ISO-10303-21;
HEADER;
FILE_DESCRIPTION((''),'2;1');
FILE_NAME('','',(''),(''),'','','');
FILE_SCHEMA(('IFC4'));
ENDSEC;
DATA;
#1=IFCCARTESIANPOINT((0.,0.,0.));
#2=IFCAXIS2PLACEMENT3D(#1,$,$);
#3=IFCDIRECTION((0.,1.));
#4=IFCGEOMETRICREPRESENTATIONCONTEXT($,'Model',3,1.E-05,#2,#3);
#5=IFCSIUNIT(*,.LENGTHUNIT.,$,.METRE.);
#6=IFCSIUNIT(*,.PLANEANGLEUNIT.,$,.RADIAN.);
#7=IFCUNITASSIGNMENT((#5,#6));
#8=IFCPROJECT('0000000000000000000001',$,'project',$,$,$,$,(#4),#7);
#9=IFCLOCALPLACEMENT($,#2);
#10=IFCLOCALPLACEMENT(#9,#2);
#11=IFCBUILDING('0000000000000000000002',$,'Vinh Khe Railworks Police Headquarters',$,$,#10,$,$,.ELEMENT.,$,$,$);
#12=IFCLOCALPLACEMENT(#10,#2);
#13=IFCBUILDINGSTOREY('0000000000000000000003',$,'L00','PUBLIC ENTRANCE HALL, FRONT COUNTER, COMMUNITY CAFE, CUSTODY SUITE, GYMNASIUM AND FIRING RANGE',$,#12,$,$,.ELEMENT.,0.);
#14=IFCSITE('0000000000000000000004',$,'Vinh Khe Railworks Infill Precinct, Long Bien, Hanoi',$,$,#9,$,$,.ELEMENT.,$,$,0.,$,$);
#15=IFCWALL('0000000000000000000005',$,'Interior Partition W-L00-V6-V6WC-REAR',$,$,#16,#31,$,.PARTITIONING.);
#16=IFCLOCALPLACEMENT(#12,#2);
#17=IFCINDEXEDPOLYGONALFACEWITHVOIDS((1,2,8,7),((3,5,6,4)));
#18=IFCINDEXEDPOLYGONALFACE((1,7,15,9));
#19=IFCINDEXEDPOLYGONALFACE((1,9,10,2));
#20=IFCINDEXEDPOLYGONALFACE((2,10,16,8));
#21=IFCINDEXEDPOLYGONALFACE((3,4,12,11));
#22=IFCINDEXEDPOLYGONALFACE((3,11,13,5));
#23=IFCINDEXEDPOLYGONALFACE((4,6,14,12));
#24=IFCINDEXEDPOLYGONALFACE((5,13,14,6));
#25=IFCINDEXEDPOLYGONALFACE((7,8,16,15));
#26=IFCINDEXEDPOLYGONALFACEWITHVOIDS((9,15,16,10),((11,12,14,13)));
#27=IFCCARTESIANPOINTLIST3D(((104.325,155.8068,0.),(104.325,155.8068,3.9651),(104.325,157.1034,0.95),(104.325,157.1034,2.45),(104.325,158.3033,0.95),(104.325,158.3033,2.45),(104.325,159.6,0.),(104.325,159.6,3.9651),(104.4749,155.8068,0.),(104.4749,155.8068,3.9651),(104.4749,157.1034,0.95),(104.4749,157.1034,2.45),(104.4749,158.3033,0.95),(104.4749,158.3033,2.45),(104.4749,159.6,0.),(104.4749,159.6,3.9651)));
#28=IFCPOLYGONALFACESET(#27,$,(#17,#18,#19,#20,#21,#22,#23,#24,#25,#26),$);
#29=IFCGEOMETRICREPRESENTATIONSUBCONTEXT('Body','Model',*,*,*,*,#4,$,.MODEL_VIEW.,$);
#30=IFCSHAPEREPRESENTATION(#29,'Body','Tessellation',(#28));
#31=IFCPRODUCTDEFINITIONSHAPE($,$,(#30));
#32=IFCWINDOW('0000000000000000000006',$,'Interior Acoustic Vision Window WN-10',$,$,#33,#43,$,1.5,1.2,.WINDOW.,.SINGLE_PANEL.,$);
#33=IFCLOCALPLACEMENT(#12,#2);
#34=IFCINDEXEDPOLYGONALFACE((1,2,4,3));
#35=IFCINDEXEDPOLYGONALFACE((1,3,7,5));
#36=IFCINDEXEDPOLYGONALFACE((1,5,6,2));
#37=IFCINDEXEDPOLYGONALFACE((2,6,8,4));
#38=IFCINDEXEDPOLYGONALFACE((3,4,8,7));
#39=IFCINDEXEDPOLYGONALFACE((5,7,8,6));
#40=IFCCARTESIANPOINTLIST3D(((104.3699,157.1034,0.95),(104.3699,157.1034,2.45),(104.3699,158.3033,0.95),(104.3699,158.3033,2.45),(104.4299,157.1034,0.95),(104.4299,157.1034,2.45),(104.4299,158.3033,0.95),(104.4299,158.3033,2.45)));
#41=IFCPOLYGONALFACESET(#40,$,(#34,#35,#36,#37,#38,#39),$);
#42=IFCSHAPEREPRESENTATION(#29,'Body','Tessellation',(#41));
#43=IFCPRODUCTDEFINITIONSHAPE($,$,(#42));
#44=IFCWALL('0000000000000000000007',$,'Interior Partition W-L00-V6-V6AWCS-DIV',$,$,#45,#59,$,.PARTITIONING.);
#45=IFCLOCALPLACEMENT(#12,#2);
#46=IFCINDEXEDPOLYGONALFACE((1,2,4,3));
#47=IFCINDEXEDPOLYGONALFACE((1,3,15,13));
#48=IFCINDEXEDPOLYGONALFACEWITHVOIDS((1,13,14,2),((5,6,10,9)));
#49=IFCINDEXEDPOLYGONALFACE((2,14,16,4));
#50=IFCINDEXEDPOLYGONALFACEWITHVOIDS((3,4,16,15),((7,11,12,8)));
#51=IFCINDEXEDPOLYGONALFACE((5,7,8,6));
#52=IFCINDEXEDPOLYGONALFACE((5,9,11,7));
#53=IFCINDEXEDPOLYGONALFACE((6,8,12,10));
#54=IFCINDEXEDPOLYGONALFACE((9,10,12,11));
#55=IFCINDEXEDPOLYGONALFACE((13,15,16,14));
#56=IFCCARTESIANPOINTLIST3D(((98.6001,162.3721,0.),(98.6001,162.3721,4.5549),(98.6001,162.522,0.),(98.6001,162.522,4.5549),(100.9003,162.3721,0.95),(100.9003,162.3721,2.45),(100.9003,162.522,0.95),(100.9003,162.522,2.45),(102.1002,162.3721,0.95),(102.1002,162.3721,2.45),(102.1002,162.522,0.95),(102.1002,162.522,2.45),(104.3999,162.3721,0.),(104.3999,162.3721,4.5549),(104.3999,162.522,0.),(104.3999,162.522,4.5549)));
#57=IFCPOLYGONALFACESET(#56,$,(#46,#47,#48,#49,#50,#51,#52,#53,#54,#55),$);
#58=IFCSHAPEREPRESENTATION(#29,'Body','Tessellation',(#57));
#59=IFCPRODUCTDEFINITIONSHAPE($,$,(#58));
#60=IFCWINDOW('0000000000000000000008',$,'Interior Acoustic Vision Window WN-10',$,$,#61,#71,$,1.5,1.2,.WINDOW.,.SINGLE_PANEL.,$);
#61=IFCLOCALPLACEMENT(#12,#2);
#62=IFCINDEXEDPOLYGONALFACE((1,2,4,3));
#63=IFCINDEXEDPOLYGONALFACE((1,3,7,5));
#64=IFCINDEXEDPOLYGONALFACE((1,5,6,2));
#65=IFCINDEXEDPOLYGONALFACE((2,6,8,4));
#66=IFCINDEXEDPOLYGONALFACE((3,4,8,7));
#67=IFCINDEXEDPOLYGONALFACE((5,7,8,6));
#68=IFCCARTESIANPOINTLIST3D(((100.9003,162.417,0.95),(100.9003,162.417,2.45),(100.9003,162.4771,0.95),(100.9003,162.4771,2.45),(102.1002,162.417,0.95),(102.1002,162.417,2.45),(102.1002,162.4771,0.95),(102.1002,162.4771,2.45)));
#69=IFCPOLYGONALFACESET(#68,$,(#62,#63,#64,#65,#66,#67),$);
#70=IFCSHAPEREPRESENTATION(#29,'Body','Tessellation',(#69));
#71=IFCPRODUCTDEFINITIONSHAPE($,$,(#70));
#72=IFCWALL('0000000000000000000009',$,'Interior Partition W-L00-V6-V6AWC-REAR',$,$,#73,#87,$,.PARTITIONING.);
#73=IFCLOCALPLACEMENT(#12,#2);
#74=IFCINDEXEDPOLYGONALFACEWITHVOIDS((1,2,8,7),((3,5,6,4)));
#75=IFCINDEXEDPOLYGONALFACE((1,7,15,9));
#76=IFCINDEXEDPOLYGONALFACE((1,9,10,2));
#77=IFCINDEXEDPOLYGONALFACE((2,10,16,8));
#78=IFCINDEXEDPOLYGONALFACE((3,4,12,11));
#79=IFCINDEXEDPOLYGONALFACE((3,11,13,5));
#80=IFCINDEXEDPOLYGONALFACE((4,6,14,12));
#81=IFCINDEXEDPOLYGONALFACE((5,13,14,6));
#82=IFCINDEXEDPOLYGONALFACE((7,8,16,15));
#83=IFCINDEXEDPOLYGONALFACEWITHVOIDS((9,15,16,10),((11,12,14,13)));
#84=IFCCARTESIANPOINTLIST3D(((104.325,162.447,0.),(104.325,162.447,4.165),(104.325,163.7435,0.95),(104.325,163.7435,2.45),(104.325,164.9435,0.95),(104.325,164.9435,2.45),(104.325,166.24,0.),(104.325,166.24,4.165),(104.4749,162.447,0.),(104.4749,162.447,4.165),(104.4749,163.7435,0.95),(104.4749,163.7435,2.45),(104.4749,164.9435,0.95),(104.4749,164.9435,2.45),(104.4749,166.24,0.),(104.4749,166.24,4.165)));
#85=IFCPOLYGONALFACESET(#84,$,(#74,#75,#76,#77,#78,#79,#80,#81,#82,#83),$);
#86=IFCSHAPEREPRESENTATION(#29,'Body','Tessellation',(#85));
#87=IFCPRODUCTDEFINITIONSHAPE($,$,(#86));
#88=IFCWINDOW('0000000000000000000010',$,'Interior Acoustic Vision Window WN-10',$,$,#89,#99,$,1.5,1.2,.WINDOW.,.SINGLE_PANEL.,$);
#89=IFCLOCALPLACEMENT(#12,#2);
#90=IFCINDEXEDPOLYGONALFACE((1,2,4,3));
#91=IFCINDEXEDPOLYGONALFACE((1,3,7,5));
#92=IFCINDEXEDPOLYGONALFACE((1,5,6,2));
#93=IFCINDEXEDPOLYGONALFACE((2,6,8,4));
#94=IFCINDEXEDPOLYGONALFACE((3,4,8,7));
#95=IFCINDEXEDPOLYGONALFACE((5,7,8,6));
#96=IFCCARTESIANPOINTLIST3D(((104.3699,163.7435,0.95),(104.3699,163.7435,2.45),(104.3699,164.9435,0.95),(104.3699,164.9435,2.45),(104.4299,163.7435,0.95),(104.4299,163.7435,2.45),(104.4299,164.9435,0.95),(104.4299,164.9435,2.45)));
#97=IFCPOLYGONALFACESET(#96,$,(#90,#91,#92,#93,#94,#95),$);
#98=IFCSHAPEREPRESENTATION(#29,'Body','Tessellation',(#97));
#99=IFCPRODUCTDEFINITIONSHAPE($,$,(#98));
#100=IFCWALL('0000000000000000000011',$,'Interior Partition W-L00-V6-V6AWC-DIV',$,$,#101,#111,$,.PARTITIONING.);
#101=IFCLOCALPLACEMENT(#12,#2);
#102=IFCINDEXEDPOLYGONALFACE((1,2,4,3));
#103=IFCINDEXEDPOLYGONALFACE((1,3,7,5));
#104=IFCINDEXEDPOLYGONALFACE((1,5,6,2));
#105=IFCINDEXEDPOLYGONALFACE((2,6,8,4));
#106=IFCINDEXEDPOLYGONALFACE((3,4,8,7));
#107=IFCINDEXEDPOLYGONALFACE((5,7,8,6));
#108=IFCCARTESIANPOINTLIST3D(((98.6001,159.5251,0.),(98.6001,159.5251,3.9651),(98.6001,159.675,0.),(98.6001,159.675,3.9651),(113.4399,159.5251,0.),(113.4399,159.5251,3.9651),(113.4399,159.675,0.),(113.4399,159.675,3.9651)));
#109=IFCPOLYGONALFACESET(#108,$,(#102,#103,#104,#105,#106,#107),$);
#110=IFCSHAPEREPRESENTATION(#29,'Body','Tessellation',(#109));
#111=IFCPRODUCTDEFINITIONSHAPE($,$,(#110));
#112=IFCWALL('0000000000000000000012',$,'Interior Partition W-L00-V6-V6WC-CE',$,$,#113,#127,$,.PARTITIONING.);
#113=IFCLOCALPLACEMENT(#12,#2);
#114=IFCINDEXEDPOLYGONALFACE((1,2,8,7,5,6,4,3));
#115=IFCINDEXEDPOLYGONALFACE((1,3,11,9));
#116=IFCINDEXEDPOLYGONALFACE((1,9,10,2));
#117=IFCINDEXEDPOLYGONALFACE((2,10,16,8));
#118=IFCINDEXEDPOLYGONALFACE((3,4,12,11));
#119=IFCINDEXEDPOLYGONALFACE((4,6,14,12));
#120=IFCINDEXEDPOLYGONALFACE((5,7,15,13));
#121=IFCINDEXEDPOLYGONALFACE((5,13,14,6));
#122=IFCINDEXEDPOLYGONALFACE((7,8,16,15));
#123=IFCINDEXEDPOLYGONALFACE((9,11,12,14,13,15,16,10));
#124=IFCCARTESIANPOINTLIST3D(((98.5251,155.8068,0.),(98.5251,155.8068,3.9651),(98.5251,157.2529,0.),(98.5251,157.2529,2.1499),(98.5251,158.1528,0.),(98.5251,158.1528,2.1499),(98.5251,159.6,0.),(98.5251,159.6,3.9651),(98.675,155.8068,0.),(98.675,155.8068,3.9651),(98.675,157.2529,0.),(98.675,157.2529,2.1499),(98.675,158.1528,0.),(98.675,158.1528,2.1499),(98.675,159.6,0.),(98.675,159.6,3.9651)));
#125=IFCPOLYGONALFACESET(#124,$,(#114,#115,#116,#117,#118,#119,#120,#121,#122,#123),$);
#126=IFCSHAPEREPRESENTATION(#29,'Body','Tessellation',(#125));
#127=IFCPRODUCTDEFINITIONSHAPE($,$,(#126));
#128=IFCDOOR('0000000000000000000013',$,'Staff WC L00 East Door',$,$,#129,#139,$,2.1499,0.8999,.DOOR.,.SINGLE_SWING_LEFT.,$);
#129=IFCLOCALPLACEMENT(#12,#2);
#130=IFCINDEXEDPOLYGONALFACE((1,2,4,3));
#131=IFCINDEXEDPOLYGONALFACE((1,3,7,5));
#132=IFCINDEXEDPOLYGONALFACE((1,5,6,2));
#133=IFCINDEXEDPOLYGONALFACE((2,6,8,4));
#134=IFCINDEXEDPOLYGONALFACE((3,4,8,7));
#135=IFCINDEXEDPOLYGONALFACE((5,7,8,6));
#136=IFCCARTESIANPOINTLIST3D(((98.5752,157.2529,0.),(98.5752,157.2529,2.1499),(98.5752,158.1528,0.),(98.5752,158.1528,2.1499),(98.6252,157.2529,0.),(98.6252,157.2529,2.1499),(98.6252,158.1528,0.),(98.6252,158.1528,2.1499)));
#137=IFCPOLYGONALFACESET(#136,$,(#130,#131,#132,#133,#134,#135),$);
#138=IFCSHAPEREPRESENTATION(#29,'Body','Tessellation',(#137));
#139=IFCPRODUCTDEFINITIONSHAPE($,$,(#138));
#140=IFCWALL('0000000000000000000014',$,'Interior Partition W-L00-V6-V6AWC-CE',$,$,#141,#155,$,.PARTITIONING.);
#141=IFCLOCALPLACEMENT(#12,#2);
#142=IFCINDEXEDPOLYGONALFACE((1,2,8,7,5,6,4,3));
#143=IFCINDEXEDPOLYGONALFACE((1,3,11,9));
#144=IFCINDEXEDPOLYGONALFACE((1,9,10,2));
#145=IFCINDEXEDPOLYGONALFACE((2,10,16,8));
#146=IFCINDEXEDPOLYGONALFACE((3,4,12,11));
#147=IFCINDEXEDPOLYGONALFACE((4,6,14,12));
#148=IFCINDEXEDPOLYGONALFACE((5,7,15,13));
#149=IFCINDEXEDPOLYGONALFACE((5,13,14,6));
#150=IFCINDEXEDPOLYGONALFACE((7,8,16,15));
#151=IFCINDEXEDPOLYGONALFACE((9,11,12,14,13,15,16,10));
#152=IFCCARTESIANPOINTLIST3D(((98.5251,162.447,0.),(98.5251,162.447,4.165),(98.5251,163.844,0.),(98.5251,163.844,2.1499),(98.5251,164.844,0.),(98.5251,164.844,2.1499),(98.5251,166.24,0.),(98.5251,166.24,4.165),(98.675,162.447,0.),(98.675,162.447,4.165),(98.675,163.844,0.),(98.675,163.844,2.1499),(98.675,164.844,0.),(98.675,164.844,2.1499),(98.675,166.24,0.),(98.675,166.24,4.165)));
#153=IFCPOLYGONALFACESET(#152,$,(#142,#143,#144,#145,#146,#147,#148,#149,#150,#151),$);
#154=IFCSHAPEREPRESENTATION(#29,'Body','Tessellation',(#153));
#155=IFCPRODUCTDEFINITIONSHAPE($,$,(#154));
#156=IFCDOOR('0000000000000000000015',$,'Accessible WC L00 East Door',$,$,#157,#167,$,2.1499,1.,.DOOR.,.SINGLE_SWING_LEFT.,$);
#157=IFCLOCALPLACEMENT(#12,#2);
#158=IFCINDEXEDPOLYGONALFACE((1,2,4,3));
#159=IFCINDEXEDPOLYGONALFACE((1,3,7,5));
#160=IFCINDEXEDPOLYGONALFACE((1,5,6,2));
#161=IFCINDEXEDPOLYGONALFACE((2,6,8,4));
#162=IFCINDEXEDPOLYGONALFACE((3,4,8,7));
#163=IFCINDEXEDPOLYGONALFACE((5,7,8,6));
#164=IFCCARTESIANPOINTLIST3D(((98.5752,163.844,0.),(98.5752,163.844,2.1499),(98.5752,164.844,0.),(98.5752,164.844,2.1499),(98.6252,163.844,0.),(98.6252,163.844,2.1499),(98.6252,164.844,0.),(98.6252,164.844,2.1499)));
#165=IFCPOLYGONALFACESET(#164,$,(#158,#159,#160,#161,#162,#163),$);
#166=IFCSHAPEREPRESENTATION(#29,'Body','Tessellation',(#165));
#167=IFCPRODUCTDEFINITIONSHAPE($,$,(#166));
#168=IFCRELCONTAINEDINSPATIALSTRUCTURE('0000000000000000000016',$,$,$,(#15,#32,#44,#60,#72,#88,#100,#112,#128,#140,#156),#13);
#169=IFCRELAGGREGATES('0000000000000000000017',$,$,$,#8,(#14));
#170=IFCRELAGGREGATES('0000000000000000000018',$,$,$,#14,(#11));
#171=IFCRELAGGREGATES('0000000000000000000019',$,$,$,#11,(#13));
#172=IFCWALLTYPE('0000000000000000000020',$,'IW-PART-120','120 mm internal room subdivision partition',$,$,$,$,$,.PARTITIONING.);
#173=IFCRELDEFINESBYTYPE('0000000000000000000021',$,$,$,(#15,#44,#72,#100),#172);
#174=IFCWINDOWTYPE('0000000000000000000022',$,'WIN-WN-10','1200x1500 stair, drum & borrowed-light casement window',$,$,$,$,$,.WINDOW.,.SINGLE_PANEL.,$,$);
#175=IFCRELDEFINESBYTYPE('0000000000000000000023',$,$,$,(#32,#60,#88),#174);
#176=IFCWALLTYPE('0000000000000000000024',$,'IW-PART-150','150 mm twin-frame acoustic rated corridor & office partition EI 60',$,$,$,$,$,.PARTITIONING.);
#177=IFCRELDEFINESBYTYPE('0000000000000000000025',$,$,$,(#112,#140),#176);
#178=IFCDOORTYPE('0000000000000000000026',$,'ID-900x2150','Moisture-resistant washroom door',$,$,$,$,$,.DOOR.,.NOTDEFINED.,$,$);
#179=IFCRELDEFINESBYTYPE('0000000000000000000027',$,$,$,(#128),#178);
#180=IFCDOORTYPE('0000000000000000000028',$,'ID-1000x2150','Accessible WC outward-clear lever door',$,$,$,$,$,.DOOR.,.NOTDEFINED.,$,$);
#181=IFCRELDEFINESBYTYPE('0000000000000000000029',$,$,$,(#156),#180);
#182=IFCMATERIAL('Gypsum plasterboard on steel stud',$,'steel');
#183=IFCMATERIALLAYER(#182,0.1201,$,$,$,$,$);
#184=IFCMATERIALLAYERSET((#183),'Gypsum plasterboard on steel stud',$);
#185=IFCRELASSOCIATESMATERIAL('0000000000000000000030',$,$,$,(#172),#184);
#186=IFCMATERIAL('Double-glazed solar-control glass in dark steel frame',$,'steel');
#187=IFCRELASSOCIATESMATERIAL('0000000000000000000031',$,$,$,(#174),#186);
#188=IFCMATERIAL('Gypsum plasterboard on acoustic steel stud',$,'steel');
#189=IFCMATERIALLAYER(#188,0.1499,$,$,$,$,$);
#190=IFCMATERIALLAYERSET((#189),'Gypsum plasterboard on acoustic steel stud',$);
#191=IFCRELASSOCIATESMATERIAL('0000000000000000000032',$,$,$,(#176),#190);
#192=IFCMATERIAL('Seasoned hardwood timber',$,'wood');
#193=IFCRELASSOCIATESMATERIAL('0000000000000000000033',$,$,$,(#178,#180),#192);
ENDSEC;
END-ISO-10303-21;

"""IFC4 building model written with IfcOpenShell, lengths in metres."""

from ifc_helpers import new_model, si_unit, direction, frame, frame_2d, origin, place, context, subcontext, project, spatial, rectangle, extrude, material, layer, layer_set, type_object, element, fill, save


model = new_model("IFC4")

# Units and contexts
model_context = context("Model", 3, precision=1e-05, world=origin(), true_north=direction((0.0, 1.0)))
body_context = subcontext(model_context, "Body", "Model", "MODEL_VIEW")
ifc_project = project(units=[si_unit("LENGTHUNIT", "METRE"), si_unit("PLANEANGLEUNIT", "RADIAN")], contexts=[model_context])

# Site, building, storey
site_placement = place(None, origin())
site = spatial("IfcSite", under=ifc_project, at=site_placement, Name="Vinh Khe Railworks Infill Precinct, Long Bien, Hanoi", CompositionType="ELEMENT", RefElevation=0.0)
building_placement = place(site_placement, origin())
building = spatial("IfcBuilding", under=site, at=building_placement, Name="Vinh Khe Railworks Police Headquarters", CompositionType="ELEMENT")
storey_placement = place(building_placement, origin())
storey = spatial("IfcBuildingStorey", under=building, at=storey_placement, Name="L00", Description="PUBLIC ENTRANCE HALL, FRONT COUNTER, COMMUNITY CAFE, CUSTODY SUITE, GYMNASIUM AND FIRING RANGE", CompositionType="ELEMENT", Elevation=0.0)

# Walls, openings, windows
ifc_material_1 = material(Name="Gypsum plasterboard on steel stud", Category="steel")
ifc_layer_1 = layer(ifc_material_1, 0.1201)
ifc_layer_set_1 = layer_set([ifc_layer_1], Name="Gypsum plasterboard on steel stud")
wall_type_1 = type_object("IfcWallType", Name="IW-PART-120", Description="120 mm internal room subdivision partition", PredefinedType="PARTITIONING", material=ifc_layer_set_1)
ifc_material_2 = material(Name="Double-glazed solar-control glass in dark steel frame", Category="steel")
window_type = type_object("IfcWindowType", Name="WIN-WN-10", Description="1200x1500 stair, drum & borrowed-light casement window", PartitioningType="SINGLE_PANEL", PredefinedType="WINDOW", material=ifc_material_2)
wall_1_placement = place(storey_placement, frame((104.3999, 155.8069, 0.0), z_axis=(0.0, 0.0, 1.0), x_axis=(0.0, 1.0, 0.0)))
wall_1 = element("IfcWall", 1, at=wall_1_placement, inside=storey, type_object=wall_type_1, Name="Interior Partition W-L00-V6-V6WC-REAR", PredefinedType="PARTITIONING", context=body_context, shape_type="SweptSolid", body=[
    extrude(rectangle(XDim=3.7932, YDim=0.1499, at=frame_2d((1.8965, 0.0))), origin(), (0.0, 0.0, 1.0), 3.9651),
])
opening_1_placement = place(wall_1_placement, frame((1.2964, 0.0, 0.95)))
opening_1 = element("IfcOpeningElement", 2, at=opening_1_placement, cuts=wall_1, PredefinedType="OPENING", context=body_context, shape_type="SweptSolid", body=[
    extrude(rectangle(XDim=1.2, YDim=1.5, at=frame_2d((0.6001, 0.75))), frame((0.0, 0.0898, 0.0), z_axis=(0.0, -1.0, 0.0), x_axis=(1.0, 0.0, 0.0)), (0.0, 0.0, 1.0), 0.1797),
])
window_1_placement = place(opening_1_placement, origin())
window_1 = element("IfcWindow", 3, at=window_1_placement, inside=storey, type_object=window_type, Name="Interior Acoustic Vision Window WN-10", OverallHeight=1.5, OverallWidth=1.2, PartitioningType="SINGLE_PANEL", PredefinedType="WINDOW", context=body_context, shape_type="SweptSolid", body=[
    extrude(rectangle(XDim=1.2, YDim=1.5, at=frame_2d((0.6001, 0.75))), frame((0.0, 0.03, 0.0), z_axis=(0.0, -1.0, 0.0), x_axis=(1.0, 0.0, 0.0)), (0.0, 0.0, 1.0), 0.0601),
])
fill(opening_1, window_1)
wall_2_placement = place(storey_placement, frame((98.6001, 162.447, 0.0), z_axis=(0.0, 0.0, 1.0), x_axis=(1.0, 0.0, 0.0)))
wall_2 = element("IfcWall", 4, at=wall_2_placement, inside=storey, type_object=wall_type_1, Name="Interior Partition W-L00-V6-V6AWCS-DIV", PredefinedType="PARTITIONING", context=body_context, shape_type="SweptSolid", body=[
    extrude(rectangle(XDim=5.7998, YDim=0.1499, at=frame_2d((2.8999, 0.0))), origin(), (0.0, 0.0, 1.0), 4.5549),
])
opening_2_placement = place(wall_2_placement, frame((2.3, 0.0, 0.95)))
opening_2 = element("IfcOpeningElement", 5, at=opening_2_placement, cuts=wall_2, PredefinedType="OPENING", context=body_context, shape_type="SweptSolid", body=[
    extrude(rectangle(XDim=1.2, YDim=1.5, at=frame_2d((0.6001, 0.75))), frame((0.0, 0.0898, 0.0), z_axis=(0.0, -1.0, 0.0), x_axis=(1.0, 0.0, 0.0)), (0.0, 0.0, 1.0), 0.1797),
])
window_2_placement = place(opening_2_placement, origin())
window_2 = element("IfcWindow", 6, at=window_2_placement, inside=storey, type_object=window_type, Name="Interior Acoustic Vision Window WN-10", OverallHeight=1.5, OverallWidth=1.2, PartitioningType="SINGLE_PANEL", PredefinedType="WINDOW", context=body_context, shape_type="SweptSolid", body=[
    extrude(rectangle(XDim=1.2, YDim=1.5, at=frame_2d((0.6001, 0.75))), frame((0.0, 0.03, 0.0), z_axis=(0.0, -1.0, 0.0), x_axis=(1.0, 0.0, 0.0)), (0.0, 0.0, 1.0), 0.0601),
])
fill(opening_2, window_2)
wall_3_placement = place(storey_placement, frame((104.3999, 162.447, 0.0), z_axis=(0.0, 0.0, 1.0), x_axis=(0.0, 1.0, 0.0)))
wall_3 = element("IfcWall", 7, at=wall_3_placement, inside=storey, type_object=wall_type_1, Name="Interior Partition W-L00-V6-V6AWC-REAR", PredefinedType="PARTITIONING", context=body_context, shape_type="SweptSolid", body=[
    extrude(rectangle(XDim=3.793, YDim=0.1499, at=frame_2d((1.8965, 0.0))), origin(), (0.0, 0.0, 1.0), 4.165),
])
opening_3_placement = place(wall_3_placement, frame((1.2964, 0.0, 0.95)))
opening_3 = element("IfcOpeningElement", 8, at=opening_3_placement, cuts=wall_3, PredefinedType="OPENING", context=body_context, shape_type="SweptSolid", body=[
    extrude(rectangle(XDim=1.2, YDim=1.5, at=frame_2d((0.6001, 0.75))), frame((0.0, 0.0898, 0.0), z_axis=(0.0, -1.0, 0.0), x_axis=(1.0, 0.0, 0.0)), (0.0, 0.0, 1.0), 0.1797),
])
window_3_placement = place(opening_3_placement, origin())
window_3 = element("IfcWindow", 9, at=window_3_placement, inside=storey, type_object=window_type, Name="Interior Acoustic Vision Window WN-10", OverallHeight=1.5, OverallWidth=1.2, PartitioningType="SINGLE_PANEL", PredefinedType="WINDOW", context=body_context, shape_type="SweptSolid", body=[
    extrude(rectangle(XDim=1.2, YDim=1.5, at=frame_2d((0.6001, 0.75))), frame((0.0, 0.03, 0.0), z_axis=(0.0, -1.0, 0.0), x_axis=(1.0, 0.0, 0.0)), (0.0, 0.0, 1.0), 0.0601),
])
fill(opening_3, window_3)

# Wall
wall_4_placement = place(storey_placement, frame((98.6001, 159.6001, 0.0), z_axis=(0.0, 0.0, 1.0), x_axis=(1.0, 0.0, 0.0)))
element("IfcWall", 10, at=wall_4_placement, inside=storey, type_object=wall_type_1, Name="Interior Partition W-L00-V6-V6AWC-DIV", PredefinedType="PARTITIONING", context=body_context, shape_type="SweptSolid", body=[
    extrude(rectangle(XDim=14.8398, YDim=0.1499, at=frame_2d((7.4199, 0.0))), origin(), (0.0, 0.0, 1.0), 3.9651),
])

# Walls, openings, doors
ifc_material_3 = material(Name="Gypsum plasterboard on acoustic steel stud", Category="steel")
ifc_layer_2 = layer(ifc_material_3, 0.1499)
ifc_layer_set_2 = layer_set([ifc_layer_2], Name="Gypsum plasterboard on acoustic steel stud")
wall_type_2 = type_object("IfcWallType", Name="IW-PART-150", Description="150 mm twin-frame acoustic rated corridor & office partition EI 60", PredefinedType="PARTITIONING", material=ifc_layer_set_2)
wall_5_placement = place(storey_placement, frame((98.6001, 155.8069, 0.0), z_axis=(0.0, 0.0, 1.0), x_axis=(0.0, 1.0, 0.0)))
wall_5 = element("IfcWall", 11, at=wall_5_placement, inside=storey, type_object=wall_type_2, Name="Interior Partition W-L00-V6-V6WC-CE", PredefinedType="PARTITIONING", context=body_context, shape_type="SweptSolid", body=[
    extrude(rectangle(XDim=3.7932, YDim=0.1499, at=frame_2d((1.8965, 0.0))), origin(), (0.0, 0.0, 1.0), 3.9651),
])
opening_4_placement = place(wall_5_placement, frame((1.446, 0.0, 0.0)))
opening_4 = element("IfcOpeningElement", 12, at=opening_4_placement, cuts=wall_5, PredefinedType="OPENING", context=body_context, shape_type="SweptSolid", body=[
    extrude(rectangle(XDim=0.8999, YDim=2.1499, at=frame_2d((0.45, 1.075))), frame((0.0, 0.0898, 0.0), z_axis=(0.0, -1.0, 0.0), x_axis=(1.0, 0.0, 0.0)), (0.0, 0.0, 1.0), 0.1797),
])
ifc_material_4 = material(Name="Seasoned hardwood timber", Category="wood")
door_type_1 = type_object("IfcDoorType", Name="ID-900x2150", Description="Moisture-resistant washroom door", OperationType="NOTDEFINED", PredefinedType="DOOR", material=ifc_material_4)
door_1_placement = place(opening_4_placement, origin())
door_1 = element("IfcDoor", 13, at=door_1_placement, inside=storey, type_object=door_type_1, Name="Staff WC L00 East Door", OperationType="SINGLE_SWING_LEFT", OverallHeight=2.1499, OverallWidth=0.8999, PredefinedType="DOOR", context=body_context, shape_type="SweptSolid", body=[
    extrude(rectangle(XDim=0.8999, YDim=2.1499, at=frame_2d((0.45, 1.075))), frame((0.0, 0.0249, 0.0), z_axis=(0.0, -1.0, 0.0), x_axis=(1.0, 0.0, 0.0)), (0.0, 0.0, 1.0), 0.05),
])
fill(opening_4, door_1)
wall_6_placement = place(storey_placement, frame((98.6001, 162.447, 0.0), z_axis=(0.0, 0.0, 1.0), x_axis=(0.0, 1.0, 0.0)))
wall_6 = element("IfcWall", 14, at=wall_6_placement, inside=storey, type_object=wall_type_2, Name="Interior Partition W-L00-V6-V6AWC-CE", PredefinedType="PARTITIONING", context=body_context, shape_type="SweptSolid", body=[
    extrude(rectangle(XDim=3.793, YDim=0.1499, at=frame_2d((1.8965, 0.0))), origin(), (0.0, 0.0, 1.0), 4.165),
])
opening_5_placement = place(wall_6_placement, frame((1.397, 0.0, 0.0)))
opening_5 = element("IfcOpeningElement", 15, at=opening_5_placement, cuts=wall_6, PredefinedType="OPENING", context=body_context, shape_type="SweptSolid", body=[
    extrude(rectangle(XDim=1.0, YDim=2.1499, at=frame_2d((0.5, 1.075))), frame((0.0, 0.0898, 0.0), z_axis=(0.0, -1.0, 0.0), x_axis=(1.0, 0.0, 0.0)), (0.0, 0.0, 1.0), 0.1797),
])
door_type_2 = type_object("IfcDoorType", Name="ID-1000x2150", Description="Accessible WC outward-clear lever door", OperationType="NOTDEFINED", PredefinedType="DOOR", material=ifc_material_4)
door_2_placement = place(opening_5_placement, origin())
door_2 = element("IfcDoor", 16, at=door_2_placement, inside=storey, type_object=door_type_2, Name="Accessible WC L00 East Door", OperationType="SINGLE_SWING_LEFT", OverallHeight=2.1499, OverallWidth=1.0, PredefinedType="DOOR", context=body_context, shape_type="SweptSolid", body=[
    extrude(rectangle(XDim=1.0, YDim=2.1499, at=frame_2d((0.5, 1.075))), frame((0.0, 0.0249, 0.0), z_axis=(0.0, -1.0, 0.0), x_axis=(1.0, 0.0, 0.0)), (0.0, 0.0, 1.0), 0.05),
])
fill(opening_5, door_2)

save(model, "model.ifc")
